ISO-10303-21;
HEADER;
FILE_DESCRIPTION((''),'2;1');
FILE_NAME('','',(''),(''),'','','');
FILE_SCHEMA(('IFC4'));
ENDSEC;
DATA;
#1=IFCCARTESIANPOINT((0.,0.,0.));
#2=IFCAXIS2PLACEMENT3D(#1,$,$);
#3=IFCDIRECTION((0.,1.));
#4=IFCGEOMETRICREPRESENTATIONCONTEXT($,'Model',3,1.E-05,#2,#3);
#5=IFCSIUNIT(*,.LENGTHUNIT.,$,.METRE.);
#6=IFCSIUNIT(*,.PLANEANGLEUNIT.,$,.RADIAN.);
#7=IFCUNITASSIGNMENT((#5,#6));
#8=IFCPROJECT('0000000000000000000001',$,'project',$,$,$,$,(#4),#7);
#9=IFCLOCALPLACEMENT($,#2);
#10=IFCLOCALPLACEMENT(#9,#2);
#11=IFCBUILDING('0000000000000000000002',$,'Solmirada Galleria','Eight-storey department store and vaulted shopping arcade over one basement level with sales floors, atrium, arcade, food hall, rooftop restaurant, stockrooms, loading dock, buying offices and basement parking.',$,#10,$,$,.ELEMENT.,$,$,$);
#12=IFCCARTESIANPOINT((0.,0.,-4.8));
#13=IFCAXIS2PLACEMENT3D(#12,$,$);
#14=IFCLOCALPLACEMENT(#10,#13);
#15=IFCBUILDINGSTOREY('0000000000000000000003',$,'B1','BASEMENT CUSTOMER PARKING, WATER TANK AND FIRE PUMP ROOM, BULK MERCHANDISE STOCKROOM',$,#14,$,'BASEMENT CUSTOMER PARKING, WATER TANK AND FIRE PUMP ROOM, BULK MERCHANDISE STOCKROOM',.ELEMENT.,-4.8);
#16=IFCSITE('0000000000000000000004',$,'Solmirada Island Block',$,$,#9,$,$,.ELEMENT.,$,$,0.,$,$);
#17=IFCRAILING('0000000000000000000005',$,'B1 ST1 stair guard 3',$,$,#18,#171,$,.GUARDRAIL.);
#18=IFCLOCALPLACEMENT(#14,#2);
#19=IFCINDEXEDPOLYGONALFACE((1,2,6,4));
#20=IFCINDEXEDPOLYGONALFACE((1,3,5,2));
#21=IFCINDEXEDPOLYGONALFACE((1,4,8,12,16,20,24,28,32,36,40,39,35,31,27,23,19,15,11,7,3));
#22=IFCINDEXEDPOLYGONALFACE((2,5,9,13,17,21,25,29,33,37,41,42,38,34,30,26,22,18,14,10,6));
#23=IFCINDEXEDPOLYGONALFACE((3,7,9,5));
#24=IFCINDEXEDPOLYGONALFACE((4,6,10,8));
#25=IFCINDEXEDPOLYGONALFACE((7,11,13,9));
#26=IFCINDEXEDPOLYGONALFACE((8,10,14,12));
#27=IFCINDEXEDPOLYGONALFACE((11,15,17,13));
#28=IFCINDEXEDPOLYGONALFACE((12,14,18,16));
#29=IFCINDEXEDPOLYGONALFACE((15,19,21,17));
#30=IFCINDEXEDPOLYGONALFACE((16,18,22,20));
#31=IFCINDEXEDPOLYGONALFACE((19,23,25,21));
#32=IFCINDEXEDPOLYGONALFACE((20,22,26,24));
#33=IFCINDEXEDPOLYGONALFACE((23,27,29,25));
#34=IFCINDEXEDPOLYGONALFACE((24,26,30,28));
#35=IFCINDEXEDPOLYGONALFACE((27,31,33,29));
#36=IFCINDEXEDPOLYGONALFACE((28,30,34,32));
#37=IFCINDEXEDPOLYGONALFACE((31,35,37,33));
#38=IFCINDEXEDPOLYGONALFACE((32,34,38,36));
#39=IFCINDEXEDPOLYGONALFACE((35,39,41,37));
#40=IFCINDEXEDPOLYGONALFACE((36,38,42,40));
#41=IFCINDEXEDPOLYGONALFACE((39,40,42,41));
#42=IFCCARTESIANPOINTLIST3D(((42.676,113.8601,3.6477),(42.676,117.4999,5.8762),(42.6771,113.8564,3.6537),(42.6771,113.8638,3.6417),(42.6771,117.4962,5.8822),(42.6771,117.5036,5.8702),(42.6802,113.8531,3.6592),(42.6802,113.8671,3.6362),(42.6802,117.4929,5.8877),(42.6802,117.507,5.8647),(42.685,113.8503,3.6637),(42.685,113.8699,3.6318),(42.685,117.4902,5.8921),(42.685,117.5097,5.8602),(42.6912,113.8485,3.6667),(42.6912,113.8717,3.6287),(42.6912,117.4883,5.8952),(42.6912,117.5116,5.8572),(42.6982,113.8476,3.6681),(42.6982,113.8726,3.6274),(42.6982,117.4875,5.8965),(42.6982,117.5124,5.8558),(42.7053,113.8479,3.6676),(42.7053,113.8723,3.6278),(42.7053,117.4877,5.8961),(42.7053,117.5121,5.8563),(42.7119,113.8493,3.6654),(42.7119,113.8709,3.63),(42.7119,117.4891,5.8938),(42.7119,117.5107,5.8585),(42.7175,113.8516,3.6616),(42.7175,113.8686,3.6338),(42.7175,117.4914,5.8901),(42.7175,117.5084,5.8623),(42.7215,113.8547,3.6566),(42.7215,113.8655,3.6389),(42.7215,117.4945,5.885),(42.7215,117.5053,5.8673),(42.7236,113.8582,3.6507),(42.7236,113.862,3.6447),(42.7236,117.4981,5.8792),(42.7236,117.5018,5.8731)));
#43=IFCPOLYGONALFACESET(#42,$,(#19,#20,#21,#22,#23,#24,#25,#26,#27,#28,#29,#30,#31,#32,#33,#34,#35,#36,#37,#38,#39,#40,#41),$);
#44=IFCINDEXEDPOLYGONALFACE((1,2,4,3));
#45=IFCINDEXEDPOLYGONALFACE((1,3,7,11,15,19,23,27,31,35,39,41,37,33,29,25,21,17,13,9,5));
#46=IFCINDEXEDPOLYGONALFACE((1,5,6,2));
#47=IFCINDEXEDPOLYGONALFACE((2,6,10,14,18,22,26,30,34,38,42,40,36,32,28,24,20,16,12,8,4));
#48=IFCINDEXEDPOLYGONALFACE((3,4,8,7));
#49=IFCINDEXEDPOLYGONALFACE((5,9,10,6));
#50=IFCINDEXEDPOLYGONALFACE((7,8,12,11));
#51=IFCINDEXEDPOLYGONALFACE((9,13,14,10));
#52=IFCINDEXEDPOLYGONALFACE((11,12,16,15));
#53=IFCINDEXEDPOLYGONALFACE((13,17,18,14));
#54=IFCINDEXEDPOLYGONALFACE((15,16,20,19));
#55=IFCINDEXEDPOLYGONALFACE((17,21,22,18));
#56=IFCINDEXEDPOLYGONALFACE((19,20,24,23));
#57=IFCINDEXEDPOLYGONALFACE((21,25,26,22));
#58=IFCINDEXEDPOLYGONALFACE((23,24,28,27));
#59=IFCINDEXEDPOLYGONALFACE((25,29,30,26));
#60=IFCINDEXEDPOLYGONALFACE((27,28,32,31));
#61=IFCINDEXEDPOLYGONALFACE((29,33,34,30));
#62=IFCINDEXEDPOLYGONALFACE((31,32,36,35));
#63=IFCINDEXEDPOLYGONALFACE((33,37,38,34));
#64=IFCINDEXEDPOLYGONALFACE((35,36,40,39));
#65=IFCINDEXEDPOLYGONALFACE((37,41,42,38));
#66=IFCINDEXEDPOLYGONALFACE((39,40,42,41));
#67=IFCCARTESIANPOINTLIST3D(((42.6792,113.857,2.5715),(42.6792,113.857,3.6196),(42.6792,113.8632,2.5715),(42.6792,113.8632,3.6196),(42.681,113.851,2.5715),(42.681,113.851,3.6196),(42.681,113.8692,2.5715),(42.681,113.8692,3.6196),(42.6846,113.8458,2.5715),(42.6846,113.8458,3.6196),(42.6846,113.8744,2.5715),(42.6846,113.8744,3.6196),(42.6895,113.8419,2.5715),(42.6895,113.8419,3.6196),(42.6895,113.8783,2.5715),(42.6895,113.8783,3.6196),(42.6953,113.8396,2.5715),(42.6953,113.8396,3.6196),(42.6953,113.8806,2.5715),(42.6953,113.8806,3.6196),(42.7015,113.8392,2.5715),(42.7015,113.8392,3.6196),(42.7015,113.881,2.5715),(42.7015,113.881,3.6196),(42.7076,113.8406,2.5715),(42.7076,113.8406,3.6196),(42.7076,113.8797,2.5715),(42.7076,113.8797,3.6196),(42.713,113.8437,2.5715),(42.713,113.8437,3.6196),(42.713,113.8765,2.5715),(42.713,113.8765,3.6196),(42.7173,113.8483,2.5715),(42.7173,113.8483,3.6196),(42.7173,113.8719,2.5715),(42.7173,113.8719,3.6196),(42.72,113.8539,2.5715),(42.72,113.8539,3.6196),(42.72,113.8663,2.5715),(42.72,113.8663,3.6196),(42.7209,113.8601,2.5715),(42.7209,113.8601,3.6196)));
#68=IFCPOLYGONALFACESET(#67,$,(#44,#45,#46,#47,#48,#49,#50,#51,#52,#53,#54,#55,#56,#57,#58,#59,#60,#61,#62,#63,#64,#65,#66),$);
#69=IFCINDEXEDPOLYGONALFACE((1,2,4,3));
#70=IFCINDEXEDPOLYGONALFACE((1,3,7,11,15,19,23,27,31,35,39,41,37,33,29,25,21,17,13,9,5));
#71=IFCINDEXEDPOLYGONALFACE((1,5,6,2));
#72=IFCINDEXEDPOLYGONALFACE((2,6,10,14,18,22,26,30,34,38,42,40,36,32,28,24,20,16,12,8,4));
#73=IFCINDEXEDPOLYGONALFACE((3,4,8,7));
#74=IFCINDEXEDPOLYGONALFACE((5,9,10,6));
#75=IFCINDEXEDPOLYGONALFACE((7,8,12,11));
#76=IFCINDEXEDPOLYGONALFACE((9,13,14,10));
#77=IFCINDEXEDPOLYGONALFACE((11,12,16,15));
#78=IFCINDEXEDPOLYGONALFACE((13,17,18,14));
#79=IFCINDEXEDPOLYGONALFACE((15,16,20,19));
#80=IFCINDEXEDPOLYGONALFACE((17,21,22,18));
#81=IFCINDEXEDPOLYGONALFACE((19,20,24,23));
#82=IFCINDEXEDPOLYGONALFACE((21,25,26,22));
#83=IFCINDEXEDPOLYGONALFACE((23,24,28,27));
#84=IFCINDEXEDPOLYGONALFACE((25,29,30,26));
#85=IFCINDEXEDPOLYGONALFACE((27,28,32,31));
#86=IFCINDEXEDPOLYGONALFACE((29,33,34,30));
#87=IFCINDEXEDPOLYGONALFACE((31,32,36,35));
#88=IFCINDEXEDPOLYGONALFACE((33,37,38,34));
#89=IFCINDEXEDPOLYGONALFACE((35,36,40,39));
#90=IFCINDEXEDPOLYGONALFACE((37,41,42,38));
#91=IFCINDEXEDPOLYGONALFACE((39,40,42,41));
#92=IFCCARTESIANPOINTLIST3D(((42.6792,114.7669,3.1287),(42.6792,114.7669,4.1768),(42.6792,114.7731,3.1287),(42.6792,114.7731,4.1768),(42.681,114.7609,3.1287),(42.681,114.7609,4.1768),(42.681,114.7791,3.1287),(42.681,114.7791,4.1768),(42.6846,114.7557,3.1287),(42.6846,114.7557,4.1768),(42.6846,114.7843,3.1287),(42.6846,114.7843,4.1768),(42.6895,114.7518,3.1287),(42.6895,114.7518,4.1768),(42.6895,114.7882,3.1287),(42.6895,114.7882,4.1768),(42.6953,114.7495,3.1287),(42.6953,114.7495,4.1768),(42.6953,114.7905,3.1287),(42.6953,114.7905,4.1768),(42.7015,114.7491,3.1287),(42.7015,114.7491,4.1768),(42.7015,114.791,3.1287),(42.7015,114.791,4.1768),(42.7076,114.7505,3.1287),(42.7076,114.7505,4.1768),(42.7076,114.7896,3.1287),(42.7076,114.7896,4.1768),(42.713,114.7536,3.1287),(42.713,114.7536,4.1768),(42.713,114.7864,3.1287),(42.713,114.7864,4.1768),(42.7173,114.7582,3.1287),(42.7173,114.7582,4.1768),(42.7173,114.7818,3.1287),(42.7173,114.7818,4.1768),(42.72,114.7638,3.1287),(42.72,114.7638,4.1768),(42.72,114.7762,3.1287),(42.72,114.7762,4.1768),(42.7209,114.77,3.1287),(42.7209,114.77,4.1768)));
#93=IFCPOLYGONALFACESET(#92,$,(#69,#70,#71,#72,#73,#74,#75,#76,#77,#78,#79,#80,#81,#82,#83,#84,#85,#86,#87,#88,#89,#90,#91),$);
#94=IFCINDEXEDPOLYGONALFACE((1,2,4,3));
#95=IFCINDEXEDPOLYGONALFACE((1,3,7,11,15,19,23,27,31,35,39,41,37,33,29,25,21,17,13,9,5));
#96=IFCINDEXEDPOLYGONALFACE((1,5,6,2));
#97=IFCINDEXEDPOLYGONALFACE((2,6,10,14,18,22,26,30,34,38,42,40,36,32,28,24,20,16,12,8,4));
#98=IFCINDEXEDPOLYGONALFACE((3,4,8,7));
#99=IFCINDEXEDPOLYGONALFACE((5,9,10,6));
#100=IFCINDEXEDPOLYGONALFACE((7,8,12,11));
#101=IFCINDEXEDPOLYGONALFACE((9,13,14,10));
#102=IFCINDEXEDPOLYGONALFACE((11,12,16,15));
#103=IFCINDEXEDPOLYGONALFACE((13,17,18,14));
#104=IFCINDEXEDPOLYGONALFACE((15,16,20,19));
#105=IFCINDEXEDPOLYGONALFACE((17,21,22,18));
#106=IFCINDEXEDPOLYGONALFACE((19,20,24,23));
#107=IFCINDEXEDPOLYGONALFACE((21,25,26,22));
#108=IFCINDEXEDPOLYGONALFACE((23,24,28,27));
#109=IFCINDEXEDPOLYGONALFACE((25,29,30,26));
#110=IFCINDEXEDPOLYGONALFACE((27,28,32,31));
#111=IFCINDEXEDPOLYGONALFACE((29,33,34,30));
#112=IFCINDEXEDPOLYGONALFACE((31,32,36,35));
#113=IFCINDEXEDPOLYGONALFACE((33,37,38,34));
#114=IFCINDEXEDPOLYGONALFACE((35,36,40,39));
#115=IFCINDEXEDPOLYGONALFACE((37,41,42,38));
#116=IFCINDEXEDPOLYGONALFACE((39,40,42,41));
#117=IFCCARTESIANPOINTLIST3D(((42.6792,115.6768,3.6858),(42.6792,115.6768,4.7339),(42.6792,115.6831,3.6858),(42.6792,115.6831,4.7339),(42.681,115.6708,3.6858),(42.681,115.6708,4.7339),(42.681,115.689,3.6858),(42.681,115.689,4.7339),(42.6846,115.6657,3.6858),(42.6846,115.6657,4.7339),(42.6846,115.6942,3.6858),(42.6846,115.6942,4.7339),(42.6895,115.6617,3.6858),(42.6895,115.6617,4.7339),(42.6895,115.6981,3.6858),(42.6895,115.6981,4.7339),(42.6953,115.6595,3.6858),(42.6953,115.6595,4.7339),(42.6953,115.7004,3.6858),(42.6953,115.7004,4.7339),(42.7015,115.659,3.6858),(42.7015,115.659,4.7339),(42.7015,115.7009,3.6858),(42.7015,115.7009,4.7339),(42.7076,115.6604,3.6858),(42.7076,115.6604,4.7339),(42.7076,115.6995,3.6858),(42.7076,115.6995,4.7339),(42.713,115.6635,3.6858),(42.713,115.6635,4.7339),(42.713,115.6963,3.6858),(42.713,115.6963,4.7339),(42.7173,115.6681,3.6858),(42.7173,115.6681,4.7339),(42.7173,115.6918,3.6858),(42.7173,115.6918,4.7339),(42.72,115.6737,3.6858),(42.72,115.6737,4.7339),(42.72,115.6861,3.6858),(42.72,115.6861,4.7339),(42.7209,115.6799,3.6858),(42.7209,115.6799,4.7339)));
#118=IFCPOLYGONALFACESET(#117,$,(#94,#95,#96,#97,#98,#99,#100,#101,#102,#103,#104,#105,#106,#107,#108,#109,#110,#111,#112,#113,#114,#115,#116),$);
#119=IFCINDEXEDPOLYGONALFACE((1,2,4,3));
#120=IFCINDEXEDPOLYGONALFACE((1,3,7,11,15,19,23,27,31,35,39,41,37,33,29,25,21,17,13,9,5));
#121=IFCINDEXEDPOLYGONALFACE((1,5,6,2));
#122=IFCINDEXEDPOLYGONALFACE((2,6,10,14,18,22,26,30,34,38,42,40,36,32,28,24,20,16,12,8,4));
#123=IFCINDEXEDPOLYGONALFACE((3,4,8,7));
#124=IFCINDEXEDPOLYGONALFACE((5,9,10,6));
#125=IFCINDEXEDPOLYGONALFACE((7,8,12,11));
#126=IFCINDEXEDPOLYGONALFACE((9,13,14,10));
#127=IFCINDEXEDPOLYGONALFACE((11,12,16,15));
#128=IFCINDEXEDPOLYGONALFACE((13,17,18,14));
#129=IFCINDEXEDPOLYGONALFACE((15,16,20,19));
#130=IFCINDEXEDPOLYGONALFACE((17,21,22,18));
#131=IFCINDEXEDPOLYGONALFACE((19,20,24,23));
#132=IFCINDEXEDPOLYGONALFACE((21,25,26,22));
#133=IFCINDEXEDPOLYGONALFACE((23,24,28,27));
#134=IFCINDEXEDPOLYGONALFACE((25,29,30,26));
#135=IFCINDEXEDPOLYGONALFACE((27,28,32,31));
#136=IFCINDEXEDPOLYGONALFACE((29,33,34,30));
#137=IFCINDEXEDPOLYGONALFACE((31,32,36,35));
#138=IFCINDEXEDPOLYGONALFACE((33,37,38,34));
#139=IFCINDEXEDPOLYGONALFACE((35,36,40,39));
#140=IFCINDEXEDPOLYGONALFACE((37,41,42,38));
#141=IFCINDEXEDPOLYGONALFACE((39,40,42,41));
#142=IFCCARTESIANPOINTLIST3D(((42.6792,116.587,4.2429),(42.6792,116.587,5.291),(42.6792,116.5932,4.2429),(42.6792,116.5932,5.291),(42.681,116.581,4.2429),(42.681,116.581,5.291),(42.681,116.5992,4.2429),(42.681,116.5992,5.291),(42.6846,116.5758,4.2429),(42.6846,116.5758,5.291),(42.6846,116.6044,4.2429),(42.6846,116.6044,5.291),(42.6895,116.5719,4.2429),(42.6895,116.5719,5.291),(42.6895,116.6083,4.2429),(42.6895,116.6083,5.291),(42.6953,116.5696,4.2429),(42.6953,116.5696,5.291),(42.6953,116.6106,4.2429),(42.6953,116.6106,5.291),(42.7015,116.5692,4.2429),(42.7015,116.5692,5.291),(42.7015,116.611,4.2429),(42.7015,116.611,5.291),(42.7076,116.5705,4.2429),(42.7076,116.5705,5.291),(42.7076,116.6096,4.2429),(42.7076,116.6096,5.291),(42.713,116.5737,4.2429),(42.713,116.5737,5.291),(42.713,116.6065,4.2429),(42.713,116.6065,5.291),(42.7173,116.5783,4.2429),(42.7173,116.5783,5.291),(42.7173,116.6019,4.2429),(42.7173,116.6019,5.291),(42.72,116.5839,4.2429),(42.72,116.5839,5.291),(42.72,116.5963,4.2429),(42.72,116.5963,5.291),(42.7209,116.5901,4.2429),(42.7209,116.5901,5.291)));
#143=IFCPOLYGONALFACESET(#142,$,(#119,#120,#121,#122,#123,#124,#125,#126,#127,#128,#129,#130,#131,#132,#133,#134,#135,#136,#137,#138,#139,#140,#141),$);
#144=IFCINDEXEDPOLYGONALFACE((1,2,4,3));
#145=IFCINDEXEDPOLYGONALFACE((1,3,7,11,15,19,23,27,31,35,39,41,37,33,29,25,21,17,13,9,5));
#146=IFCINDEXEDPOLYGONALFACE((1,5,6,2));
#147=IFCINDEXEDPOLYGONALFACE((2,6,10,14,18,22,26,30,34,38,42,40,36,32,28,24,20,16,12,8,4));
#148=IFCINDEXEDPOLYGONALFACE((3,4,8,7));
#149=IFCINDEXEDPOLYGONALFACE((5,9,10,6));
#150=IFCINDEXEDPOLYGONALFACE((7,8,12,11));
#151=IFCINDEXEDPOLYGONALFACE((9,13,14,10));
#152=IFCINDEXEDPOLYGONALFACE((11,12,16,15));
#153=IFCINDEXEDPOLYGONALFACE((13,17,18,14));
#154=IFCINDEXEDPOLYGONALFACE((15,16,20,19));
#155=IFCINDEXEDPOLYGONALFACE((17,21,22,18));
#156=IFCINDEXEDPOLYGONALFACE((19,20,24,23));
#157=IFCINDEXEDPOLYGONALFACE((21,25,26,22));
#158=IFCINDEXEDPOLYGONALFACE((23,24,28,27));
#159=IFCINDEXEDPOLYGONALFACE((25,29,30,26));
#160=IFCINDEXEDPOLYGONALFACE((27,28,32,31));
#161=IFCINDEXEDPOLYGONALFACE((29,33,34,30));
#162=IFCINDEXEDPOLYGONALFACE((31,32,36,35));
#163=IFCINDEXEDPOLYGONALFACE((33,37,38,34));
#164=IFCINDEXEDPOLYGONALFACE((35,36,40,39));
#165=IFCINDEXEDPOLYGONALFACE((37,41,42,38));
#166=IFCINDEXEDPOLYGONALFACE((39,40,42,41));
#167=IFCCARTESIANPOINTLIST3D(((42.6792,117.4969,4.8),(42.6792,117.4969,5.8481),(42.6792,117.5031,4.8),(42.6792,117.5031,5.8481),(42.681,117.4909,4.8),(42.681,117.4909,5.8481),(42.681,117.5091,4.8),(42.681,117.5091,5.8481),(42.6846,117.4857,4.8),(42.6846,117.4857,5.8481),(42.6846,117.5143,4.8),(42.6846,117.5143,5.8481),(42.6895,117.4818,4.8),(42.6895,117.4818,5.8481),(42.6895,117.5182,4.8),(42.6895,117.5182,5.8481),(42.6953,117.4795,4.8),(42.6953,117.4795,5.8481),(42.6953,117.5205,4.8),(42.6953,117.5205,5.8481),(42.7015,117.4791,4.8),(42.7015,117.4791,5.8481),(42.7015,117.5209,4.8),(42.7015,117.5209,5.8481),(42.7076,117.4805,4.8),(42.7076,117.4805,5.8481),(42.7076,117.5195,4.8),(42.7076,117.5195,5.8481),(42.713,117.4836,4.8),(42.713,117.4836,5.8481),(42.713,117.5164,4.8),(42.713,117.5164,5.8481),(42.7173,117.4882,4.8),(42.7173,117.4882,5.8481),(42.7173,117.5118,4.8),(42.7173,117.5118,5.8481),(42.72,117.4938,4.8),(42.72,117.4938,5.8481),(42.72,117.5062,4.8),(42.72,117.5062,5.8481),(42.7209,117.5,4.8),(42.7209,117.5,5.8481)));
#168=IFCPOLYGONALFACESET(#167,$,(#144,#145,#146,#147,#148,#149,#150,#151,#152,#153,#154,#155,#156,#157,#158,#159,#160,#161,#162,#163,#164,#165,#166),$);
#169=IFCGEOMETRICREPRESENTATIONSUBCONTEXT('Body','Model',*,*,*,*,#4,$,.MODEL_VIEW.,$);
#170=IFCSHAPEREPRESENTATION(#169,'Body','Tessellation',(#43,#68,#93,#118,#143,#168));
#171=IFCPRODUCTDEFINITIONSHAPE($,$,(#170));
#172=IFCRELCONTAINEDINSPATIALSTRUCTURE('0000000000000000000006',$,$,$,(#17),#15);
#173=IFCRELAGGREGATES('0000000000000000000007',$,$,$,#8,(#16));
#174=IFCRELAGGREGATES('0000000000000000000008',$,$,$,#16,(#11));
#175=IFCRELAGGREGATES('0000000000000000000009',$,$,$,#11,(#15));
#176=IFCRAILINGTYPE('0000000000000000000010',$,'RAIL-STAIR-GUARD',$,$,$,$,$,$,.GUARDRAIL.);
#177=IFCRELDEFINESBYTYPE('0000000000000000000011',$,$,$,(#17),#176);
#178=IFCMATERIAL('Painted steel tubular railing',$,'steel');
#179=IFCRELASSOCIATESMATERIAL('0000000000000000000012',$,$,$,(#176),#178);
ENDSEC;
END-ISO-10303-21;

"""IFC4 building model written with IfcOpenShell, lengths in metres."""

from ifc_helpers import new_model, si_unit, direction, frame, origin, origin_2d, place, context, subcontext, project, spatial, circle, extrude, material, type_object, element, save


model = new_model("IFC4")

# Units and contexts
model_context = context("Model", 3, precision=1e-05, world=origin(), true_north=direction((0.0, 1.0)))
body_context = subcontext(model_context, "Body", "Model", "MODEL_VIEW")
ifc_project = project(units=[si_unit("LENGTHUNIT", "METRE"), si_unit("PLANEANGLEUNIT", "RADIAN")], contexts=[model_context])

# Site, building, storey
site_placement = place(None, origin())
site = spatial("IfcSite", under=ifc_project, at=site_placement, Name="Solmirada Island Block", CompositionType="ELEMENT", RefElevation=0.0)
building_placement = place(site_placement, origin())
building = spatial("IfcBuilding", under=site, at=building_placement, Name="Solmirada Galleria", Description="Eight-storey department store and vaulted shopping arcade over one basement level with sales floors, atrium, arcade, food hall, rooftop restaurant, stockrooms, loading dock, buying offices and basement parking.", CompositionType="ELEMENT")
storey_placement = place(building_placement, frame((0.0, 0.0, -4.8)))
storey = spatial("IfcBuildingStorey", under=building, at=storey_placement, Name="B1", Description="BASEMENT CUSTOMER PARKING, WATER TANK AND FIRE PUMP ROOM, BULK MERCHANDISE STOCKROOM", LongName="BASEMENT CUSTOMER PARKING, WATER TANK AND FIRE PUMP ROOM, BULK MERCHANDISE STOCKROOM", CompositionType="ELEMENT", Elevation=-4.8)

# Railing
ifc_material_1 = material(Name="Painted steel tubular railing", Category="steel")
railing_type_1 = type_object("IfcRailingType", Name="RAIL-STAIR-GUARD", PredefinedType="GUARDRAIL", material=ifc_material_1)
railing_1_placement = place(storey_placement, frame((42.7, 113.8601, 2.5715)))
element("IfcRailing", 1, at=railing_1_placement, inside=storey, type_object=railing_type_1, Name="B1 ST1 stair guard 3", PredefinedType="GUARDRAIL", context=body_context, shape_type="SweptSolid", body=[
    extrude(circle(Radius=0.0239, at=origin_2d()), frame((0.0, 0.0, 1.0762), z_axis=(0.0, 0.85285, 0.522156), x_axis=(-1.0, 0.0, 0.0)), (0.0, 0.0, 1.0), 4.2678),
    extrude(circle(Radius=0.021, at=origin_2d()), origin(), (0.0, 0.0, 1.0), 1.0481),
    extrude(circle(Radius=0.021, at=origin_2d()), frame((0.0, 0.9099, 0.5571)), (0.0, 0.0, 1.0), 1.0481),
    extrude(circle(Radius=0.021, at=origin_2d()), frame((0.0, 1.8198, 1.1143)), (0.0, 0.0, 1.0), 1.0481),
    extrude(circle(Radius=0.021, at=origin_2d()), frame((0.0, 2.73, 1.6714)), (0.0, 0.0, 1.0), 1.0481),
    extrude(circle(Radius=0.021, at=origin_2d()), frame((0.0, 3.6399, 2.2285)), (0.0, 0.0, 1.0), 1.0481),
])

save(model, "model.ifc")
